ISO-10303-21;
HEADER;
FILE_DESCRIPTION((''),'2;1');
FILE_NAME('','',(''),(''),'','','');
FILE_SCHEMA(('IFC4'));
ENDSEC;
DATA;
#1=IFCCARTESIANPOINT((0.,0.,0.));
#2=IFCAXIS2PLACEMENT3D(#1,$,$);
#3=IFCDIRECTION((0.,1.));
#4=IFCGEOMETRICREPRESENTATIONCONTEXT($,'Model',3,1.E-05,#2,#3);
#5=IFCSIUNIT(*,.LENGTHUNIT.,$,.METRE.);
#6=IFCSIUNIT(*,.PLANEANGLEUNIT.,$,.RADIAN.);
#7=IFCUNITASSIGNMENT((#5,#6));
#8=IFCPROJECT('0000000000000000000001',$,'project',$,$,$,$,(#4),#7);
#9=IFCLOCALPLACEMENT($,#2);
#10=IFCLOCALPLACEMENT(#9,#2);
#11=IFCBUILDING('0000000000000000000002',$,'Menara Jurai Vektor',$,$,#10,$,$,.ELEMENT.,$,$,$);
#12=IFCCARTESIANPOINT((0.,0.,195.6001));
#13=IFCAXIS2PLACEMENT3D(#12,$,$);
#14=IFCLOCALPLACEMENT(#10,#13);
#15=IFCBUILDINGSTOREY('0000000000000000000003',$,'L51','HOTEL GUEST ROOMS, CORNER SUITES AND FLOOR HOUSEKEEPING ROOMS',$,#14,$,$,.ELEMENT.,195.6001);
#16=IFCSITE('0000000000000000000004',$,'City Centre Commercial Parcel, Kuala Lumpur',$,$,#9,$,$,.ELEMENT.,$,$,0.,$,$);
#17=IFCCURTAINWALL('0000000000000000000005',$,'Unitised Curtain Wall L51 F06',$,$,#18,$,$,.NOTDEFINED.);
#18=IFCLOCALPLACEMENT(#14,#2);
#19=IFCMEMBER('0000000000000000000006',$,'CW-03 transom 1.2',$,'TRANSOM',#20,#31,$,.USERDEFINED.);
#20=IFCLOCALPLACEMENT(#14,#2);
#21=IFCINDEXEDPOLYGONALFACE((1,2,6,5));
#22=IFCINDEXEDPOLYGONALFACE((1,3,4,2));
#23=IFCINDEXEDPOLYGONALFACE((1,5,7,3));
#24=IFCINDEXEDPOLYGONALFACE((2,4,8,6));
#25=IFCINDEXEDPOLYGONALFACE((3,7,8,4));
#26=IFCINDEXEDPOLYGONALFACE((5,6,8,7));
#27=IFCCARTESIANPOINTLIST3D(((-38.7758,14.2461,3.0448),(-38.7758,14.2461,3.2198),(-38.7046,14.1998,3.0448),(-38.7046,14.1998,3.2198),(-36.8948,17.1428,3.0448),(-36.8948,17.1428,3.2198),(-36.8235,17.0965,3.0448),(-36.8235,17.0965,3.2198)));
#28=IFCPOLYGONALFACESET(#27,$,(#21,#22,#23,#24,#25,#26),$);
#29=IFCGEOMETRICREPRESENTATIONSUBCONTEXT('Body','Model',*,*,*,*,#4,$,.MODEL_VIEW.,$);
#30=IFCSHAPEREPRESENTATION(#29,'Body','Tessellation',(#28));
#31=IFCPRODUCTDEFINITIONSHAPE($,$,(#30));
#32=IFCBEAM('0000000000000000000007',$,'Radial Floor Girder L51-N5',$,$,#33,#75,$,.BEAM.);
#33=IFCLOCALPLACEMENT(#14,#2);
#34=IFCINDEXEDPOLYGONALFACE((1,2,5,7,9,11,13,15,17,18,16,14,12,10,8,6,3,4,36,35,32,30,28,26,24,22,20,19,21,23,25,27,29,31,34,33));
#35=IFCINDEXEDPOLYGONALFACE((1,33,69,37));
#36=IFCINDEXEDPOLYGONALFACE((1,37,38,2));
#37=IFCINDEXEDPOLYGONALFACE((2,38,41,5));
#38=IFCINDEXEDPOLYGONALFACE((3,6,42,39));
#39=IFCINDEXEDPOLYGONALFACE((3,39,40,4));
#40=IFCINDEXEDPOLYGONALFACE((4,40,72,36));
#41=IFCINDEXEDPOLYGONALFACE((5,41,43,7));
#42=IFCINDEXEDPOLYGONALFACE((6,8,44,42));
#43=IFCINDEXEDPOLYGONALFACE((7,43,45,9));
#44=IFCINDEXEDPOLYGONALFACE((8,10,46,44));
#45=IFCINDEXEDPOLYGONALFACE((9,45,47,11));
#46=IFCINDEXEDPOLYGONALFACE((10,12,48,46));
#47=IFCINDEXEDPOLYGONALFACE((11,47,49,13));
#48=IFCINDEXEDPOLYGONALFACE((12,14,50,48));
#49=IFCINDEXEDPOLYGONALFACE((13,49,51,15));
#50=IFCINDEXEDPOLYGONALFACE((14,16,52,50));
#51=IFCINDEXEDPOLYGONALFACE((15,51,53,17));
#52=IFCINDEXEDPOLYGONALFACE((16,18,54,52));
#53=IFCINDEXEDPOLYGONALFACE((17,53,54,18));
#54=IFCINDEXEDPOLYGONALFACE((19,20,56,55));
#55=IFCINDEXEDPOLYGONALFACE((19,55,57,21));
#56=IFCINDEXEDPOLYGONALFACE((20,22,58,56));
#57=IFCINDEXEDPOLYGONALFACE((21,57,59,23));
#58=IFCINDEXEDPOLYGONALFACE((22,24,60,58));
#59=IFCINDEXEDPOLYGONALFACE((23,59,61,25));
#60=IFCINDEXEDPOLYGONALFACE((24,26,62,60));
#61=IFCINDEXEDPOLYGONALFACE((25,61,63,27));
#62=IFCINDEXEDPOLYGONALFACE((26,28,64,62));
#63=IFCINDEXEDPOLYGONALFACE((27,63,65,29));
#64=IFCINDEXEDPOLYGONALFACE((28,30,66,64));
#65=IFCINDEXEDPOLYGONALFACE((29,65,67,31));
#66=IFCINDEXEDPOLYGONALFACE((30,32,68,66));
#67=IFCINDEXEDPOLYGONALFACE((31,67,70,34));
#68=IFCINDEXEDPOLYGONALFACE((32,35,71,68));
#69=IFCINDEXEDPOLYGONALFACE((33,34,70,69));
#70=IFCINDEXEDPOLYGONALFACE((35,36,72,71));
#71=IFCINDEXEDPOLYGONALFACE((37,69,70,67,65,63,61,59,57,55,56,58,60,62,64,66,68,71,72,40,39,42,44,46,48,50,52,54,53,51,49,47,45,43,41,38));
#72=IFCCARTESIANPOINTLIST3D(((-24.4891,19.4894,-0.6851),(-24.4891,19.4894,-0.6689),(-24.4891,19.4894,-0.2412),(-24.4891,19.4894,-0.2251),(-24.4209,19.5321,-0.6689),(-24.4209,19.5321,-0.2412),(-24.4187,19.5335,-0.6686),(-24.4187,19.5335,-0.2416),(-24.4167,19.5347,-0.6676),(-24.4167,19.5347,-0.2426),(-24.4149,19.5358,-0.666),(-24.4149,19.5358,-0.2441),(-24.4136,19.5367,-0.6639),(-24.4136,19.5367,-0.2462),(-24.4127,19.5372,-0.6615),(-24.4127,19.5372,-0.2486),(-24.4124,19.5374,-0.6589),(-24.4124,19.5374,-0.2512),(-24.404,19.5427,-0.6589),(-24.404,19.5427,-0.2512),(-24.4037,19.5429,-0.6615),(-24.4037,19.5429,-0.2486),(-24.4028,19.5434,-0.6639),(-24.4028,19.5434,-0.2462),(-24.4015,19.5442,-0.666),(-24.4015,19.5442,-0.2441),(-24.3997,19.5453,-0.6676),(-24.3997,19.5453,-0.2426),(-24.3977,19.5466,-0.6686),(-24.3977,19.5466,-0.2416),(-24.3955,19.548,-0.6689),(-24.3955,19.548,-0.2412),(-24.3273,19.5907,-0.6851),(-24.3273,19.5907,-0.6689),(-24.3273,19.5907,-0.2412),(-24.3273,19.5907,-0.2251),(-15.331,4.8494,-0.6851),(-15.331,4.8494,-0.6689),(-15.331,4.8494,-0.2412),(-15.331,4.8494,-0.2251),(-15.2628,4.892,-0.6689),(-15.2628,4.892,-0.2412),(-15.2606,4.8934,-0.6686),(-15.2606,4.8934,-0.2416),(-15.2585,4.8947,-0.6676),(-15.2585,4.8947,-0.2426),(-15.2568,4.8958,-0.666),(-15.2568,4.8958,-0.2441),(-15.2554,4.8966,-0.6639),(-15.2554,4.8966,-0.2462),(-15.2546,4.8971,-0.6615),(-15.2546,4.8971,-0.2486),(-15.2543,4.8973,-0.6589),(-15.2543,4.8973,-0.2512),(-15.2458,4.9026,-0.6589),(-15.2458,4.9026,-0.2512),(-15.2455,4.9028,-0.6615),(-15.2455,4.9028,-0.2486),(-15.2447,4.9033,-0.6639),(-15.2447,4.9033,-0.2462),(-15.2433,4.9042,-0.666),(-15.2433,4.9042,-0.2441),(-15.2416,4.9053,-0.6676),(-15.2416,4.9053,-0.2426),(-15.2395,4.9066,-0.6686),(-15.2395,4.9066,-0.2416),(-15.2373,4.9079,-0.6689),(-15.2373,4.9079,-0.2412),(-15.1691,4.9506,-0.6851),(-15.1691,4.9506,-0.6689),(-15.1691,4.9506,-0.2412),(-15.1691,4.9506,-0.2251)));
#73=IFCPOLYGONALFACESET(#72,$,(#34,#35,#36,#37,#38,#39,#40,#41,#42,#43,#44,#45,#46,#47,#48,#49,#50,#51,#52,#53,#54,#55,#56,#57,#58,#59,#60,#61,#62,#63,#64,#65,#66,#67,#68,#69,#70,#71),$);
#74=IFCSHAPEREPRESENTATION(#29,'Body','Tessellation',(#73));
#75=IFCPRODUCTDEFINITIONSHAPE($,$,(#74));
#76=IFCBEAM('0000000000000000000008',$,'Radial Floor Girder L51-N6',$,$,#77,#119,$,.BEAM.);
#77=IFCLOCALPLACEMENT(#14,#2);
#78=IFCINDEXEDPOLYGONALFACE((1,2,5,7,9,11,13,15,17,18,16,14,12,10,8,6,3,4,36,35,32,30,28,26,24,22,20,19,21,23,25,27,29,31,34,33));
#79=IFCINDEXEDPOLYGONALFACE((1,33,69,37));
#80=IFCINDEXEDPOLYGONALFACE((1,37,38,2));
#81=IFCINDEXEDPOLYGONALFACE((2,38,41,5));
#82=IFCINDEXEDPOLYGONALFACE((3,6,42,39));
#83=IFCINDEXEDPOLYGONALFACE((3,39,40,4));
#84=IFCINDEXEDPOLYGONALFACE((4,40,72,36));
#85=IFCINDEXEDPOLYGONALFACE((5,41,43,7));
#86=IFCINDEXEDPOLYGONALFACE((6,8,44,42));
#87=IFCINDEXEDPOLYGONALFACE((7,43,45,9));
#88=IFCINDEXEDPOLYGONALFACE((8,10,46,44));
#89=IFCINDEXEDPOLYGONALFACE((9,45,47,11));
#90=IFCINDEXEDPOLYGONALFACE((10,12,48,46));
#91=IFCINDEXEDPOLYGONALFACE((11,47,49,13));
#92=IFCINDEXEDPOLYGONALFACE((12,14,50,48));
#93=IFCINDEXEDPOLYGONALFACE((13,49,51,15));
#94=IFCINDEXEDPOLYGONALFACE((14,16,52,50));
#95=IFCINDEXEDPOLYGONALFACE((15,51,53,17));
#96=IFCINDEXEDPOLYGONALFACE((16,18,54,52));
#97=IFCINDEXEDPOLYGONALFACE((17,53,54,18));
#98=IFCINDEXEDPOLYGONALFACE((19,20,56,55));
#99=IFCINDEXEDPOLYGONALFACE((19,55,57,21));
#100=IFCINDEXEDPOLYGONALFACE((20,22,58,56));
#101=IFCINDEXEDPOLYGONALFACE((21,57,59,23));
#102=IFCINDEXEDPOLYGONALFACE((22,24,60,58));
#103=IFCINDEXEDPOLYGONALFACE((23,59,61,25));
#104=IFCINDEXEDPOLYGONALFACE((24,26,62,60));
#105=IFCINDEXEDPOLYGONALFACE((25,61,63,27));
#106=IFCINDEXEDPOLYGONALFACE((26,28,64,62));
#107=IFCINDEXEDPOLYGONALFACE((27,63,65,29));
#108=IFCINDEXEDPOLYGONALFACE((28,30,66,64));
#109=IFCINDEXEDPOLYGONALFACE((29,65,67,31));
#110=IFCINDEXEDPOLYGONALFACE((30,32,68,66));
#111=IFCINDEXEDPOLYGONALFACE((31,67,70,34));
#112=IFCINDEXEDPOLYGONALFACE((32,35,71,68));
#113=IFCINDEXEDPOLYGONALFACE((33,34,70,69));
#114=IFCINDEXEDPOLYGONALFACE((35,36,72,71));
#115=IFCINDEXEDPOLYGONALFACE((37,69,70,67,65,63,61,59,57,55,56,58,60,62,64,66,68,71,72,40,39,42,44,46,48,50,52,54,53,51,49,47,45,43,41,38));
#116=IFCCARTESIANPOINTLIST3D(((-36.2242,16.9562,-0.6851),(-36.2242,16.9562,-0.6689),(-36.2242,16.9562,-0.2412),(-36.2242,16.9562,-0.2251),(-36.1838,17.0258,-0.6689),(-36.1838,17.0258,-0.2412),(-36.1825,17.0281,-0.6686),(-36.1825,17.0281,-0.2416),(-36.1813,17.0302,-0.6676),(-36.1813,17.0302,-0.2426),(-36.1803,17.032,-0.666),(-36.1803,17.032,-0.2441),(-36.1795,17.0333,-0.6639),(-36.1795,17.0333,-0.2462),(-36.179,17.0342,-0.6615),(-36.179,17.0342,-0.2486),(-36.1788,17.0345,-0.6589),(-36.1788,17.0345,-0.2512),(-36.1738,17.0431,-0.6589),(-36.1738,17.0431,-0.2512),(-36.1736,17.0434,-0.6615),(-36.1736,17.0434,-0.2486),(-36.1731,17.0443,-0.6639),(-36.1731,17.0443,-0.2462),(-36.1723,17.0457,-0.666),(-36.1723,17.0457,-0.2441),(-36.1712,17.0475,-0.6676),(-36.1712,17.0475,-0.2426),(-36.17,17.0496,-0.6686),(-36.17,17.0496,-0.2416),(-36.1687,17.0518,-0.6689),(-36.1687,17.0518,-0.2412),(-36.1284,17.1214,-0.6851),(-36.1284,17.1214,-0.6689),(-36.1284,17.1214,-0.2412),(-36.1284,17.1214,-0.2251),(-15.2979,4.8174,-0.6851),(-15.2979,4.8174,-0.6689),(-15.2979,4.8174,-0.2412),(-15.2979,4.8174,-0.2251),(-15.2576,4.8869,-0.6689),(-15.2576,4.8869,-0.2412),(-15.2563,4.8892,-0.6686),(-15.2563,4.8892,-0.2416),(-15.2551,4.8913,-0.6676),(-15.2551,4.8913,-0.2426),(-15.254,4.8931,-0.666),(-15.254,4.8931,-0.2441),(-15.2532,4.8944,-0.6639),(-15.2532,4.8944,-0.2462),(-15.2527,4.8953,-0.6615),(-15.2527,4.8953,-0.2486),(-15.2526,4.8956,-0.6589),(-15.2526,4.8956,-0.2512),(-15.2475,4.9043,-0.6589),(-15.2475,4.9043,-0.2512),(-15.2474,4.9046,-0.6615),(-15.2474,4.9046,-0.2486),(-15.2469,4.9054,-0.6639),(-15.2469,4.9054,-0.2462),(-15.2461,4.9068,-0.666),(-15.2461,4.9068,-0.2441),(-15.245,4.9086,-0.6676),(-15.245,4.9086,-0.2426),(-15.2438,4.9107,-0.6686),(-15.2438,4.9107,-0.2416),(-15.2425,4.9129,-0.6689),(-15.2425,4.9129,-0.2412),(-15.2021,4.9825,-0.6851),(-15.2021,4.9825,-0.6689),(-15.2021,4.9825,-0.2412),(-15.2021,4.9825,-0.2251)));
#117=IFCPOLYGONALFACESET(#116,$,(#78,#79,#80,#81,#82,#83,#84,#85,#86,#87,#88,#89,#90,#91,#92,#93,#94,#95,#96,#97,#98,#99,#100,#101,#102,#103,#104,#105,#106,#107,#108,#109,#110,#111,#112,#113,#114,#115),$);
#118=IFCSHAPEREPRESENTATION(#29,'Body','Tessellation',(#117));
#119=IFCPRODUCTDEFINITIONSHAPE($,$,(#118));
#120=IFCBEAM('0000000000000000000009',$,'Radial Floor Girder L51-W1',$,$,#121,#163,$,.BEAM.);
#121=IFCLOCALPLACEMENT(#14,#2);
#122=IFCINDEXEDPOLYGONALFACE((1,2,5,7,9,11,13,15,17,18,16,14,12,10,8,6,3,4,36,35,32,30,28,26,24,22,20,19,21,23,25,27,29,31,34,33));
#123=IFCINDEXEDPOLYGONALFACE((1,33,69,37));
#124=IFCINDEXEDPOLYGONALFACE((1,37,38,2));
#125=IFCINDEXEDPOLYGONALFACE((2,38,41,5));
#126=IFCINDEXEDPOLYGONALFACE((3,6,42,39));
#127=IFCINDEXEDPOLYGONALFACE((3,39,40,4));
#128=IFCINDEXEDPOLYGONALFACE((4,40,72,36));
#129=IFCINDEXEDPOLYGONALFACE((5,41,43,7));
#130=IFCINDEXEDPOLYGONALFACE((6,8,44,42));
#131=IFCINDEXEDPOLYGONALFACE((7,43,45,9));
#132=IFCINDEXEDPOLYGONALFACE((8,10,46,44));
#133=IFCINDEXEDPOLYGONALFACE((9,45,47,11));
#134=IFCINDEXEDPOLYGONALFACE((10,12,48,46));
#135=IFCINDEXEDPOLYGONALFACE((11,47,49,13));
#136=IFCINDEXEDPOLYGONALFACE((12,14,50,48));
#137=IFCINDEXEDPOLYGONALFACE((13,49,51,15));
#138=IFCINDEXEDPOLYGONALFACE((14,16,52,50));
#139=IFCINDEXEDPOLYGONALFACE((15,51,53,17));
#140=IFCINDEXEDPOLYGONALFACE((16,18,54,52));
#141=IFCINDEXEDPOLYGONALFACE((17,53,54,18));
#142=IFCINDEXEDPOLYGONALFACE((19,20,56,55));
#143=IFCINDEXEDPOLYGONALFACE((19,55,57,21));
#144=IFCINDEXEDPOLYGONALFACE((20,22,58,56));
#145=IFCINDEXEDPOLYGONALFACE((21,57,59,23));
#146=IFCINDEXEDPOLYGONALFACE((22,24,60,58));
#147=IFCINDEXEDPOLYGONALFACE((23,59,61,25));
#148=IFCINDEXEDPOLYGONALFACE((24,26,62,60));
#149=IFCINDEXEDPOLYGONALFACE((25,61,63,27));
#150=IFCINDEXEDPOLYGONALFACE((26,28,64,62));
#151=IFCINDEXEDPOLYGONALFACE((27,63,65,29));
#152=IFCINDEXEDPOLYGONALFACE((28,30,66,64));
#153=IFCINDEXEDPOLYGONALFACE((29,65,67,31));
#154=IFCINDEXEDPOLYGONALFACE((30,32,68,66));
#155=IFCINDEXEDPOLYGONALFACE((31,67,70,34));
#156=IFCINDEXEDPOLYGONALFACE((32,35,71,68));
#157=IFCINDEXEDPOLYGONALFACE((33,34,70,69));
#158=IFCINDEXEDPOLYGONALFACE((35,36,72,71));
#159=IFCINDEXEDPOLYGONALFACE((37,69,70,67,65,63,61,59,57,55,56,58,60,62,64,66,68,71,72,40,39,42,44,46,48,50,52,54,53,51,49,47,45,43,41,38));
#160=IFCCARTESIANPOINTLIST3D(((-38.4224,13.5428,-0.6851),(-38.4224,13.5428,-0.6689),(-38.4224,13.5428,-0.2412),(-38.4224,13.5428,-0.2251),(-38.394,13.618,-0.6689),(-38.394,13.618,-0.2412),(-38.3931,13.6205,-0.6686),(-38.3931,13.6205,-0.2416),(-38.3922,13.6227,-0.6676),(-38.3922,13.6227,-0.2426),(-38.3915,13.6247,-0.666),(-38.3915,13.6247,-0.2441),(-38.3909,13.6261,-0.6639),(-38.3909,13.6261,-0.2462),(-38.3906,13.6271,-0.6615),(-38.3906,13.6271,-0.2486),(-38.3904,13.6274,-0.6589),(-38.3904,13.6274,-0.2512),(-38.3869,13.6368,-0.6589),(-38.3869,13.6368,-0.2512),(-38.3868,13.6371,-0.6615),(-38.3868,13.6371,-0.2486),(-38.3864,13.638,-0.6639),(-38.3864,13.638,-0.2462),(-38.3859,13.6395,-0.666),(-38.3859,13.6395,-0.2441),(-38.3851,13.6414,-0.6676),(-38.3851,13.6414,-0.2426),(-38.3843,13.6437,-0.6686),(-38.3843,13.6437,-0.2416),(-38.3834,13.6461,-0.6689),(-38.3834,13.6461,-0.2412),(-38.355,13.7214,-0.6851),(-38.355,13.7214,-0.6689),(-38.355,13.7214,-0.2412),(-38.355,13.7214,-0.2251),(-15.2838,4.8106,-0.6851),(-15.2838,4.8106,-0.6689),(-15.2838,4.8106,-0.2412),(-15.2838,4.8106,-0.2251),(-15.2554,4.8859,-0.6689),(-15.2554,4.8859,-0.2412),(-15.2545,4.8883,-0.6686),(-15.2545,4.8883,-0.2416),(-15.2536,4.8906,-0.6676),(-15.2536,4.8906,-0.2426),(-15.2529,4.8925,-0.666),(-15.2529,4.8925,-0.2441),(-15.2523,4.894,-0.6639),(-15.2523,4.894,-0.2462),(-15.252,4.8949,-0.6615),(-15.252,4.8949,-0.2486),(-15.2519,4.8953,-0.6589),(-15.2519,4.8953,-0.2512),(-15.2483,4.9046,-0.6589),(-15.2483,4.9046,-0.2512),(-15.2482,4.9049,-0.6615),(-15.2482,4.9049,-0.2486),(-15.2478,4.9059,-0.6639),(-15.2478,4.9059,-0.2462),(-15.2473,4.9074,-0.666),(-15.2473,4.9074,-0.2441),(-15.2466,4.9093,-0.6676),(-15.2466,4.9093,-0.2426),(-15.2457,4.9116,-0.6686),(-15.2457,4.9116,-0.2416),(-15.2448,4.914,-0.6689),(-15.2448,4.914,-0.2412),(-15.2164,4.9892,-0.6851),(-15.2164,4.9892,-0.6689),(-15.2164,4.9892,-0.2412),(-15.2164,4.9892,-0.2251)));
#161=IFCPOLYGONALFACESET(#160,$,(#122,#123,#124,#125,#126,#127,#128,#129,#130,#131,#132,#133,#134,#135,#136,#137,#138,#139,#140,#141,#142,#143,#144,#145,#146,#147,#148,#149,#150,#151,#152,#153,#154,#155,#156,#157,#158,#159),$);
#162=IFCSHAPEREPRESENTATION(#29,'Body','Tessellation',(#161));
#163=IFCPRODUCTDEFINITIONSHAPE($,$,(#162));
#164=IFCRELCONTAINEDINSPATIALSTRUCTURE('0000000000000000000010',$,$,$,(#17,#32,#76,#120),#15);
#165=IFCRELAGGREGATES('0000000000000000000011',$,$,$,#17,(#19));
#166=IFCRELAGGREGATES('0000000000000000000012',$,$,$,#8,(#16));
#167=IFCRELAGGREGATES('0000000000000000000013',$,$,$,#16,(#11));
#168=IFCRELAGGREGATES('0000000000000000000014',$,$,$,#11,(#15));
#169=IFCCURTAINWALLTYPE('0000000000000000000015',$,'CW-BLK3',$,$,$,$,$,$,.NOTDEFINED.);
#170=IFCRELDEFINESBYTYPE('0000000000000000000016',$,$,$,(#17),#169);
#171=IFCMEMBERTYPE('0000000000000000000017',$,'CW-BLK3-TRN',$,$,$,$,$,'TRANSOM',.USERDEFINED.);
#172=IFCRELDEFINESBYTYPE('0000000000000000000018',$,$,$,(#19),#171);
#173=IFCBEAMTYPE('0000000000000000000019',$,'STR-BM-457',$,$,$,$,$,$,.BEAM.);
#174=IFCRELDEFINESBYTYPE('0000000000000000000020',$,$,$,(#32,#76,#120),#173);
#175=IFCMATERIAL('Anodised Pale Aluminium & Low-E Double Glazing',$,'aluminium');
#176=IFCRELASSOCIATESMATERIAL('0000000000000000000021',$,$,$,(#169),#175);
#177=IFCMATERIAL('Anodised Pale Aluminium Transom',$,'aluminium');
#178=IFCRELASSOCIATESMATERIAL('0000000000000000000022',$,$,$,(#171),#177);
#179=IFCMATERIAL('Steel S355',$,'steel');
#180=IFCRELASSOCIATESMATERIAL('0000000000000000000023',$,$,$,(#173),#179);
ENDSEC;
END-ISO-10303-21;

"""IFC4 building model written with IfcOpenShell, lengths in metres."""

from ifc_helpers import new_model, si_unit, direction, frame, origin, origin_2d, place, context, subcontext, project, spatial, rectangle, i_section, extrude, material, material_profile, profile_set, type_object, element, aggregate, save


model = new_model("IFC4")

# Units and contexts
model_context = context("Model", 3, precision=1e-05, world=origin(), true_north=direction((0.0, 1.0)))
body_context = subcontext(model_context, "Body", "Model", "MODEL_VIEW")
ifc_project = project(units=[si_unit("LENGTHUNIT", "METRE"), si_unit("PLANEANGLEUNIT", "RADIAN")], contexts=[model_context])

# Site, building, storey
site_placement = place(None, origin())
site = spatial("IfcSite", under=ifc_project, at=site_placement, Name="City Centre Commercial Parcel, Kuala Lumpur", CompositionType="ELEMENT", RefElevation=0.0)
building_placement = place(site_placement, origin())
building = spatial("IfcBuilding", under=site, at=building_placement, Name="Menara Jurai Vektor", CompositionType="ELEMENT")
storey_placement = place(building_placement, frame((0.0, 0.0, 195.6001)))
storey = spatial("IfcBuildingStorey", under=building, at=storey_placement, Name="L51", Description="HOTEL GUEST ROOMS, CORNER SUITES AND FLOOR HOUSEKEEPING ROOMS", CompositionType="ELEMENT", Elevation=195.6001)

# Curtain wall
ifc_material_1 = material(Name="Anodised Pale Aluminium & Low-E Double Glazing", Category="aluminium")
curtain_wall_type = type_object("IfcCurtainWallType", Name="CW-BLK3", PredefinedType="NOTDEFINED", material=ifc_material_1)
curtain_wall_1_placement = place(storey_placement, origin())
curtain_wall_1 = element("IfcCurtainWall", 1, at=curtain_wall_1_placement, inside=storey, type_object=curtain_wall_type, Name="Unitised Curtain Wall L51 F06", PredefinedType="NOTDEFINED")

# Member
ifc_material_2 = material(Name="Anodised Pale Aluminium Transom", Category="aluminium")
ifc_material_profile_1 = material_profile(ifc_material_2, rectangle(XDim=0.085, YDim=0.175, at=origin_2d()), Name="ALU TRN 85x175")
ifc_profile_set_1 = profile_set([ifc_material_profile_1], Name="Anodised Pale Aluminium Transom")
member_type_1 = type_object("IfcMemberType", Name="CW-BLK3-TRN", ElementType="TRANSOM", PredefinedType="USERDEFINED", material=ifc_profile_set_1)
member_1_placement = place(storey_placement, frame((-36.8591, 17.1196, 3.1323), z_axis=(-0.544628, -0.838678, 0.0), x_axis=(0.838678, -0.544628, 0.0)))
member_1 = element("IfcMember", 2, at=member_1_placement, type_object=member_type_1, Name="CW-03 transom 1.2", ObjectType="TRANSOM", PredefinedType="USERDEFINED", context=body_context, shape_type="SweptSolid", body=[
    extrude(rectangle(XDim=0.085, YDim=0.175, at=origin_2d()), origin(), (0.0, 0.0, 1.0), 3.4539),
])

# Beams
ifc_material_3 = material(Name="Steel S355", Category="steel")
ifc_material_profile_2 = material_profile(ifc_material_3, i_section(OverallWidth=0.1909, OverallDepth=0.46, WebThickness=0.01, FlangeThickness=0.0161, FilletRadius=0.01, at=origin_2d()), Name="UKB 457x191x82")
ifc_profile_set_2 = profile_set([ifc_material_profile_2], Name="Steel S355")
beam_type_1 = type_object("IfcBeamType", Name="STR-BM-457", PredefinedType="BEAM", material=ifc_profile_set_2)
beam_1_placement = place(storey_placement, frame((-24.4082, 19.54, -0.4551), z_axis=(0.530337, -0.847787, 0.0), x_axis=(0.847787, 0.530337, 0.0)))
element("IfcBeam", 3, at=beam_1_placement, inside=storey, type_object=beam_type_1, Name="Radial Floor Girder L51-N5", PredefinedType="BEAM", context=body_context, shape_type="SweptSolid", body=[
    extrude(i_section(OverallWidth=0.1909, OverallDepth=0.46, WebThickness=0.01, FlangeThickness=0.0161, FilletRadius=0.01, at=origin_2d()), origin(), (0.0, 0.0, 1.0), 17.2686),
])
beam_2_placement = place(storey_placement, frame((-36.1763, 17.0388, -0.4551), z_axis=(0.865001, -0.50177, 0.0), x_axis=(0.50177, 0.865001, 0.0)))
element("IfcBeam", 4, at=beam_2_placement, inside=storey, type_object=beam_type_1, Name="Radial Floor Girder L51-N6", PredefinedType="BEAM", context=body_context, shape_type="SweptSolid", body=[
    extrude(i_section(OverallWidth=0.1909, OverallDepth=0.46, WebThickness=0.01, FlangeThickness=0.0161, FilletRadius=0.01, at=origin_2d()), origin(), (0.0, 0.0, 1.0), 24.1921),
])
beam_3_placement = place(storey_placement, frame((-38.3887, 13.6321, -0.4551), z_axis=(0.935594, -0.353079, 0.0), x_axis=(0.353079, 0.935594, 0.0)))
element("IfcBeam", 5, at=beam_3_placement, inside=storey, type_object=beam_type_1, Name="Radial Floor Girder L51-W1", PredefinedType="BEAM", context=body_context, shape_type="SweptSolid", body=[
    extrude(i_section(OverallWidth=0.1909, OverallDepth=0.46, WebThickness=0.01, FlangeThickness=0.0161, FilletRadius=0.01, at=origin_2d()), origin(), (0.0, 0.0, 1.0), 24.7314),
])

aggregate(curtain_wall_1, [member_1])

save(model, "model.ifc")
